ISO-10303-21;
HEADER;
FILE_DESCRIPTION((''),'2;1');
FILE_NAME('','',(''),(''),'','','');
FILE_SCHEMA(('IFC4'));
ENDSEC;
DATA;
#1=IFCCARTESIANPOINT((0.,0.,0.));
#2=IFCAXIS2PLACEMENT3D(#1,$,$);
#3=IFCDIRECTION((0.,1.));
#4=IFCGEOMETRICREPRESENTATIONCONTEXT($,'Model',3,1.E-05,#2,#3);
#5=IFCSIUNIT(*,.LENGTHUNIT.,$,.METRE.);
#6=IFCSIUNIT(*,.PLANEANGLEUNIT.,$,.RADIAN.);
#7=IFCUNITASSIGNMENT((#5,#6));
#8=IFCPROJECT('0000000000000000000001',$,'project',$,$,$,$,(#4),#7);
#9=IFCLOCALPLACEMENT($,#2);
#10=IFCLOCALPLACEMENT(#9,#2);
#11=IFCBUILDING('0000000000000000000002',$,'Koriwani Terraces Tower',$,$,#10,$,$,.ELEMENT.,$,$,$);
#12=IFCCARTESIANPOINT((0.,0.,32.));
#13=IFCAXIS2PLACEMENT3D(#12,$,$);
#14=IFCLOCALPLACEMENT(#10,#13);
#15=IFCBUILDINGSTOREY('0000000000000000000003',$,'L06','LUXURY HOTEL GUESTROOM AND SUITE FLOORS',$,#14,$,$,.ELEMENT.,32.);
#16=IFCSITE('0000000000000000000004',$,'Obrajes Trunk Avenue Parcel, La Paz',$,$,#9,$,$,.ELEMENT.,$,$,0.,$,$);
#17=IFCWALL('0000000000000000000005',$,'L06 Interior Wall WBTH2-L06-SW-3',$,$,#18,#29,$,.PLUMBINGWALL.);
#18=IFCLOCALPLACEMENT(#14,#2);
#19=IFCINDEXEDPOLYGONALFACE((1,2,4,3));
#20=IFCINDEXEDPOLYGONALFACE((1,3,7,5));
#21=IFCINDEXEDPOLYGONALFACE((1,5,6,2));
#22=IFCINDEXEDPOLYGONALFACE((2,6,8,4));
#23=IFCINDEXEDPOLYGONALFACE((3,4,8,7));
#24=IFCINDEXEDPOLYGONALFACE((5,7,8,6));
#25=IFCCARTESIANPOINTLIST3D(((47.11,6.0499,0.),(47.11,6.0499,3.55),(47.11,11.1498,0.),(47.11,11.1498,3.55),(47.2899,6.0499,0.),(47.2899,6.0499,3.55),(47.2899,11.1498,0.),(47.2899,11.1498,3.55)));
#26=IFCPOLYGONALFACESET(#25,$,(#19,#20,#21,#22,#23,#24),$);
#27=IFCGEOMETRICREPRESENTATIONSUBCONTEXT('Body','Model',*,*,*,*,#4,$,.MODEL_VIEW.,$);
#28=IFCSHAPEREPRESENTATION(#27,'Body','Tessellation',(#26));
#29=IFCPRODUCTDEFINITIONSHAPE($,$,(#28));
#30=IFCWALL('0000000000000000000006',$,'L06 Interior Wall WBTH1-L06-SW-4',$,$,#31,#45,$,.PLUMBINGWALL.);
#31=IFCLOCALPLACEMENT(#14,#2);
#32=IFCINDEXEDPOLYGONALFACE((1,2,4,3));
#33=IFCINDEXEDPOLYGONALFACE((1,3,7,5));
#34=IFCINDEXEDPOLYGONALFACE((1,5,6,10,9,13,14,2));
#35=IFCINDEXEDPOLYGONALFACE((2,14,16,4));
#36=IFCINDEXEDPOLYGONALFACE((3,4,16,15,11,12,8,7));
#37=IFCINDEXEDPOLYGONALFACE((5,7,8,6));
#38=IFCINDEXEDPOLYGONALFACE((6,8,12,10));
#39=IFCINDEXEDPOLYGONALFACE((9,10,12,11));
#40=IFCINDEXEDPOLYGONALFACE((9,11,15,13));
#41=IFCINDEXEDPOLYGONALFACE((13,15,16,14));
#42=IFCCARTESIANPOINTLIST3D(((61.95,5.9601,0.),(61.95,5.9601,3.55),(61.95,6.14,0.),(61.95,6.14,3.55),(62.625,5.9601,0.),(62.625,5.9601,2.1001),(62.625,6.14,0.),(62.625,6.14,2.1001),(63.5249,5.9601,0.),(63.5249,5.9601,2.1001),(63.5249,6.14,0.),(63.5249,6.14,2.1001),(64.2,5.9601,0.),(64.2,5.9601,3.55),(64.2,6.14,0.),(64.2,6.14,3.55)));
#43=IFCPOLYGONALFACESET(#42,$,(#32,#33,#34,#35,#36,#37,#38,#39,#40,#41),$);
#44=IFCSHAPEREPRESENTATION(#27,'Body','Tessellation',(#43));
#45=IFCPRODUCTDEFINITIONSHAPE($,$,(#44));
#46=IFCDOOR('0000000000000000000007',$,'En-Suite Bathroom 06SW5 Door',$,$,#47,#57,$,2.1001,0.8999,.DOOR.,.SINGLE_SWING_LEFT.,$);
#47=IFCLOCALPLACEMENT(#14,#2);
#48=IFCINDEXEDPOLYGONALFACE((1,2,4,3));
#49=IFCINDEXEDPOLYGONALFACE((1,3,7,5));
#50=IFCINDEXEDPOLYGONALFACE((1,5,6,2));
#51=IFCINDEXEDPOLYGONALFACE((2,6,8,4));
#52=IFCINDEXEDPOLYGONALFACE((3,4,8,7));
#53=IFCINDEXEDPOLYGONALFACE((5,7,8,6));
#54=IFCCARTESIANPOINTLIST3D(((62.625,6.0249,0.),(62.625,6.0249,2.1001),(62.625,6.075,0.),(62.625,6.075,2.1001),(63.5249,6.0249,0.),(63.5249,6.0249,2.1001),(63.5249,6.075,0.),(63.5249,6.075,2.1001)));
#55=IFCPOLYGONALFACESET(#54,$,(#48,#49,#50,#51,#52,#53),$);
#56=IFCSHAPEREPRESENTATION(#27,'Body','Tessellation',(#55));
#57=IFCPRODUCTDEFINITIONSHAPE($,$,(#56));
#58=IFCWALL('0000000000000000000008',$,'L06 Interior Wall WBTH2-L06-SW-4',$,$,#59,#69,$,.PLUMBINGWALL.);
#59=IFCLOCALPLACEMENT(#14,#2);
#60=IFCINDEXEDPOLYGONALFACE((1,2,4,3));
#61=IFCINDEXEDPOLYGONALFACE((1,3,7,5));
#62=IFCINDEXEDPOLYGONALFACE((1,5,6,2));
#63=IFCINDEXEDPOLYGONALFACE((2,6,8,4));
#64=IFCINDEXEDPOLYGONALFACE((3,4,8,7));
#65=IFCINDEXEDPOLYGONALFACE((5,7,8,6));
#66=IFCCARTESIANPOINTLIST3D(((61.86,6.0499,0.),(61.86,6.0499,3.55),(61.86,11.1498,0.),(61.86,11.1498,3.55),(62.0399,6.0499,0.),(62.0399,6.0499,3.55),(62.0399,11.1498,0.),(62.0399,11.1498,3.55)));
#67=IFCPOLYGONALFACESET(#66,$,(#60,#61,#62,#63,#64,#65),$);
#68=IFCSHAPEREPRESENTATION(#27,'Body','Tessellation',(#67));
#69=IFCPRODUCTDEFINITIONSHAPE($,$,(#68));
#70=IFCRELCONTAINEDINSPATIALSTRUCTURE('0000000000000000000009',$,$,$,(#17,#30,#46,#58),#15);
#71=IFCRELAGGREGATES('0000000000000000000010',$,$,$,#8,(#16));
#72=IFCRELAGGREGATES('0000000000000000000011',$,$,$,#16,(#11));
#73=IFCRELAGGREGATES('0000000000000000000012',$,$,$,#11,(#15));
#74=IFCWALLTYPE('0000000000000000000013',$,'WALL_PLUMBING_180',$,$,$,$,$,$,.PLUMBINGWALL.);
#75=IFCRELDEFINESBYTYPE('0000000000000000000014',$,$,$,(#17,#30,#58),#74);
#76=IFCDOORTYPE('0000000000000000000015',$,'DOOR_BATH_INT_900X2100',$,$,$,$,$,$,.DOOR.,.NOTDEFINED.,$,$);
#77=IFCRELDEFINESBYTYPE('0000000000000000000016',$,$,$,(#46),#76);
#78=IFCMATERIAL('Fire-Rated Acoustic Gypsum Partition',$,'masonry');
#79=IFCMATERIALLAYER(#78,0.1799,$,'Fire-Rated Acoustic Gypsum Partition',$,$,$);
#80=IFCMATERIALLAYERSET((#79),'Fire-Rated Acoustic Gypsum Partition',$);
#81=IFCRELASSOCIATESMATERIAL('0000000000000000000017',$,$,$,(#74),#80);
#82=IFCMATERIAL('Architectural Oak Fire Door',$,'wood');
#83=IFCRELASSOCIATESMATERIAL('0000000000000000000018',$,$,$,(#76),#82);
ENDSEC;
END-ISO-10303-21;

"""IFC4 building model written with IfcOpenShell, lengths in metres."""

from ifc_helpers import new_model, si_unit, direction, frame, frame_2d, origin, place, context, subcontext, project, spatial, rectangle, extrude, material, layer, layer_set, type_object, element, fill, save


model = new_model("IFC4")

# Units and contexts
model_context = context("Model", 3, precision=1e-05, world=origin(), true_north=direction((0.0, 1.0)))
body_context = subcontext(model_context, "Body", "Model", "MODEL_VIEW")
ifc_project = project(units=[si_unit("LENGTHUNIT", "METRE"), si_unit("PLANEANGLEUNIT", "RADIAN")], contexts=[model_context])

# Site, building, storey
site_placement = place(None, origin())
site = spatial("IfcSite", under=ifc_project, at=site_placement, Name="Obrajes Trunk Avenue Parcel, La Paz", CompositionType="ELEMENT", RefElevation=0.0)
building_placement = place(site_placement, origin())
building = spatial("IfcBuilding", under=site, at=building_placement, Name="Koriwani Terraces Tower", CompositionType="ELEMENT")
storey_placement = place(building_placement, frame((0.0, 0.0, 32.0)))
storey = spatial("IfcBuildingStorey", under=building, at=storey_placement, Name="L06", Description="LUXURY HOTEL GUESTROOM AND SUITE FLOORS", CompositionType="ELEMENT", Elevation=32.0)

# Shared definitions
ifc_material_1 = material(Name="Fire-Rated Acoustic Gypsum Partition", Category="masonry")
ifc_layer_1 = layer(ifc_material_1, 0.1799, Name="Fire-Rated Acoustic Gypsum Partition")
ifc_layer_set_1 = layer_set([ifc_layer_1], Name="Fire-Rated Acoustic Gypsum Partition")
wall_type_1 = type_object("IfcWallType", Name="WALL_PLUMBING_180", PredefinedType="PLUMBINGWALL", material=ifc_layer_set_1)
ifc_material_2 = material(Name="Architectural Oak Fire Door", Category="wood")
door_type = type_object("IfcDoorType", Name="DOOR_BATH_INT_900X2100", OperationType="NOTDEFINED", PredefinedType="DOOR", material=ifc_material_2)

# Wall
wall_1_placement = place(storey_placement, frame((47.2, 6.05, 0.0), z_axis=(0.0, 0.0, 1.0), x_axis=(0.0, 1.0, 0.0)))
element("IfcWall", 1, at=wall_1_placement, inside=storey, type_object=wall_type_1, Name="L06 Interior Wall WBTH2-L06-SW-3", PredefinedType="PLUMBINGWALL", context=body_context, shape_type="SweptSolid", body=[
    extrude(rectangle(XDim=5.0999, YDim=0.1799, at=frame_2d((2.5498, 0.0))), origin(), (0.0, 0.0, 1.0), 3.55),
])

# Wall, opening, door
wall_2_placement = place(storey_placement, frame((61.95, 6.05, 0.0), z_axis=(0.0, 0.0, 1.0), x_axis=(1.0, 0.0, 0.0)))
wall_2 = element("IfcWall", 2, at=wall_2_placement, inside=storey, type_object=wall_type_1, Name="L06 Interior Wall WBTH1-L06-SW-4", PredefinedType="PLUMBINGWALL", context=body_context, shape_type="SweptSolid", body=[
    extrude(rectangle(XDim=2.25, YDim=0.1799, at=frame_2d((1.125, 0.0))), origin(), (0.0, 0.0, 1.0), 3.55),
])
opening_1_placement = place(wall_2_placement, frame((0.675, 0.0, 0.0)))
opening_1 = element("IfcOpeningElement", 3, at=opening_1_placement, cuts=wall_2, PredefinedType="OPENING", context=body_context, shape_type="SweptSolid", body=[
    extrude(rectangle(XDim=0.8999, YDim=2.1001, at=frame_2d((0.45, 1.05))), frame((0.0, 0.1001, 0.0), z_axis=(0.0, -1.0, 0.0), x_axis=(1.0, 0.0, 0.0)), (0.0, 0.0, 1.0), 0.2),
])
door_1_placement = place(opening_1_placement, origin())
door_1 = element("IfcDoor", 4, at=door_1_placement, inside=storey, type_object=door_type, Name="En-Suite Bathroom 06SW5 Door", OperationType="SINGLE_SWING_LEFT", OverallHeight=2.1001, OverallWidth=0.8999, PredefinedType="DOOR", context=body_context, shape_type="SweptSolid", body=[
    extrude(rectangle(XDim=0.8999, YDim=2.1001, at=frame_2d((0.45, 1.05))), frame((0.0, 0.0249, 0.0), z_axis=(0.0, -1.0, 0.0), x_axis=(1.0, 0.0, 0.0)), (0.0, 0.0, 1.0), 0.05),
])
fill(opening_1, door_1)

# Wall
wall_3_placement = place(storey_placement, frame((61.95, 6.05, 0.0), z_axis=(0.0, 0.0, 1.0), x_axis=(0.0, 1.0, 0.0)))
element("IfcWall", 5, at=wall_3_placement, inside=storey, type_object=wall_type_1, Name="L06 Interior Wall WBTH2-L06-SW-4", PredefinedType="PLUMBINGWALL", context=body_context, shape_type="SweptSolid", body=[
    extrude(rectangle(XDim=5.0999, YDim=0.1799, at=frame_2d((2.5498, 0.0))), origin(), (0.0, 0.0, 1.0), 3.55),
])

save(model, "model.ifc")
